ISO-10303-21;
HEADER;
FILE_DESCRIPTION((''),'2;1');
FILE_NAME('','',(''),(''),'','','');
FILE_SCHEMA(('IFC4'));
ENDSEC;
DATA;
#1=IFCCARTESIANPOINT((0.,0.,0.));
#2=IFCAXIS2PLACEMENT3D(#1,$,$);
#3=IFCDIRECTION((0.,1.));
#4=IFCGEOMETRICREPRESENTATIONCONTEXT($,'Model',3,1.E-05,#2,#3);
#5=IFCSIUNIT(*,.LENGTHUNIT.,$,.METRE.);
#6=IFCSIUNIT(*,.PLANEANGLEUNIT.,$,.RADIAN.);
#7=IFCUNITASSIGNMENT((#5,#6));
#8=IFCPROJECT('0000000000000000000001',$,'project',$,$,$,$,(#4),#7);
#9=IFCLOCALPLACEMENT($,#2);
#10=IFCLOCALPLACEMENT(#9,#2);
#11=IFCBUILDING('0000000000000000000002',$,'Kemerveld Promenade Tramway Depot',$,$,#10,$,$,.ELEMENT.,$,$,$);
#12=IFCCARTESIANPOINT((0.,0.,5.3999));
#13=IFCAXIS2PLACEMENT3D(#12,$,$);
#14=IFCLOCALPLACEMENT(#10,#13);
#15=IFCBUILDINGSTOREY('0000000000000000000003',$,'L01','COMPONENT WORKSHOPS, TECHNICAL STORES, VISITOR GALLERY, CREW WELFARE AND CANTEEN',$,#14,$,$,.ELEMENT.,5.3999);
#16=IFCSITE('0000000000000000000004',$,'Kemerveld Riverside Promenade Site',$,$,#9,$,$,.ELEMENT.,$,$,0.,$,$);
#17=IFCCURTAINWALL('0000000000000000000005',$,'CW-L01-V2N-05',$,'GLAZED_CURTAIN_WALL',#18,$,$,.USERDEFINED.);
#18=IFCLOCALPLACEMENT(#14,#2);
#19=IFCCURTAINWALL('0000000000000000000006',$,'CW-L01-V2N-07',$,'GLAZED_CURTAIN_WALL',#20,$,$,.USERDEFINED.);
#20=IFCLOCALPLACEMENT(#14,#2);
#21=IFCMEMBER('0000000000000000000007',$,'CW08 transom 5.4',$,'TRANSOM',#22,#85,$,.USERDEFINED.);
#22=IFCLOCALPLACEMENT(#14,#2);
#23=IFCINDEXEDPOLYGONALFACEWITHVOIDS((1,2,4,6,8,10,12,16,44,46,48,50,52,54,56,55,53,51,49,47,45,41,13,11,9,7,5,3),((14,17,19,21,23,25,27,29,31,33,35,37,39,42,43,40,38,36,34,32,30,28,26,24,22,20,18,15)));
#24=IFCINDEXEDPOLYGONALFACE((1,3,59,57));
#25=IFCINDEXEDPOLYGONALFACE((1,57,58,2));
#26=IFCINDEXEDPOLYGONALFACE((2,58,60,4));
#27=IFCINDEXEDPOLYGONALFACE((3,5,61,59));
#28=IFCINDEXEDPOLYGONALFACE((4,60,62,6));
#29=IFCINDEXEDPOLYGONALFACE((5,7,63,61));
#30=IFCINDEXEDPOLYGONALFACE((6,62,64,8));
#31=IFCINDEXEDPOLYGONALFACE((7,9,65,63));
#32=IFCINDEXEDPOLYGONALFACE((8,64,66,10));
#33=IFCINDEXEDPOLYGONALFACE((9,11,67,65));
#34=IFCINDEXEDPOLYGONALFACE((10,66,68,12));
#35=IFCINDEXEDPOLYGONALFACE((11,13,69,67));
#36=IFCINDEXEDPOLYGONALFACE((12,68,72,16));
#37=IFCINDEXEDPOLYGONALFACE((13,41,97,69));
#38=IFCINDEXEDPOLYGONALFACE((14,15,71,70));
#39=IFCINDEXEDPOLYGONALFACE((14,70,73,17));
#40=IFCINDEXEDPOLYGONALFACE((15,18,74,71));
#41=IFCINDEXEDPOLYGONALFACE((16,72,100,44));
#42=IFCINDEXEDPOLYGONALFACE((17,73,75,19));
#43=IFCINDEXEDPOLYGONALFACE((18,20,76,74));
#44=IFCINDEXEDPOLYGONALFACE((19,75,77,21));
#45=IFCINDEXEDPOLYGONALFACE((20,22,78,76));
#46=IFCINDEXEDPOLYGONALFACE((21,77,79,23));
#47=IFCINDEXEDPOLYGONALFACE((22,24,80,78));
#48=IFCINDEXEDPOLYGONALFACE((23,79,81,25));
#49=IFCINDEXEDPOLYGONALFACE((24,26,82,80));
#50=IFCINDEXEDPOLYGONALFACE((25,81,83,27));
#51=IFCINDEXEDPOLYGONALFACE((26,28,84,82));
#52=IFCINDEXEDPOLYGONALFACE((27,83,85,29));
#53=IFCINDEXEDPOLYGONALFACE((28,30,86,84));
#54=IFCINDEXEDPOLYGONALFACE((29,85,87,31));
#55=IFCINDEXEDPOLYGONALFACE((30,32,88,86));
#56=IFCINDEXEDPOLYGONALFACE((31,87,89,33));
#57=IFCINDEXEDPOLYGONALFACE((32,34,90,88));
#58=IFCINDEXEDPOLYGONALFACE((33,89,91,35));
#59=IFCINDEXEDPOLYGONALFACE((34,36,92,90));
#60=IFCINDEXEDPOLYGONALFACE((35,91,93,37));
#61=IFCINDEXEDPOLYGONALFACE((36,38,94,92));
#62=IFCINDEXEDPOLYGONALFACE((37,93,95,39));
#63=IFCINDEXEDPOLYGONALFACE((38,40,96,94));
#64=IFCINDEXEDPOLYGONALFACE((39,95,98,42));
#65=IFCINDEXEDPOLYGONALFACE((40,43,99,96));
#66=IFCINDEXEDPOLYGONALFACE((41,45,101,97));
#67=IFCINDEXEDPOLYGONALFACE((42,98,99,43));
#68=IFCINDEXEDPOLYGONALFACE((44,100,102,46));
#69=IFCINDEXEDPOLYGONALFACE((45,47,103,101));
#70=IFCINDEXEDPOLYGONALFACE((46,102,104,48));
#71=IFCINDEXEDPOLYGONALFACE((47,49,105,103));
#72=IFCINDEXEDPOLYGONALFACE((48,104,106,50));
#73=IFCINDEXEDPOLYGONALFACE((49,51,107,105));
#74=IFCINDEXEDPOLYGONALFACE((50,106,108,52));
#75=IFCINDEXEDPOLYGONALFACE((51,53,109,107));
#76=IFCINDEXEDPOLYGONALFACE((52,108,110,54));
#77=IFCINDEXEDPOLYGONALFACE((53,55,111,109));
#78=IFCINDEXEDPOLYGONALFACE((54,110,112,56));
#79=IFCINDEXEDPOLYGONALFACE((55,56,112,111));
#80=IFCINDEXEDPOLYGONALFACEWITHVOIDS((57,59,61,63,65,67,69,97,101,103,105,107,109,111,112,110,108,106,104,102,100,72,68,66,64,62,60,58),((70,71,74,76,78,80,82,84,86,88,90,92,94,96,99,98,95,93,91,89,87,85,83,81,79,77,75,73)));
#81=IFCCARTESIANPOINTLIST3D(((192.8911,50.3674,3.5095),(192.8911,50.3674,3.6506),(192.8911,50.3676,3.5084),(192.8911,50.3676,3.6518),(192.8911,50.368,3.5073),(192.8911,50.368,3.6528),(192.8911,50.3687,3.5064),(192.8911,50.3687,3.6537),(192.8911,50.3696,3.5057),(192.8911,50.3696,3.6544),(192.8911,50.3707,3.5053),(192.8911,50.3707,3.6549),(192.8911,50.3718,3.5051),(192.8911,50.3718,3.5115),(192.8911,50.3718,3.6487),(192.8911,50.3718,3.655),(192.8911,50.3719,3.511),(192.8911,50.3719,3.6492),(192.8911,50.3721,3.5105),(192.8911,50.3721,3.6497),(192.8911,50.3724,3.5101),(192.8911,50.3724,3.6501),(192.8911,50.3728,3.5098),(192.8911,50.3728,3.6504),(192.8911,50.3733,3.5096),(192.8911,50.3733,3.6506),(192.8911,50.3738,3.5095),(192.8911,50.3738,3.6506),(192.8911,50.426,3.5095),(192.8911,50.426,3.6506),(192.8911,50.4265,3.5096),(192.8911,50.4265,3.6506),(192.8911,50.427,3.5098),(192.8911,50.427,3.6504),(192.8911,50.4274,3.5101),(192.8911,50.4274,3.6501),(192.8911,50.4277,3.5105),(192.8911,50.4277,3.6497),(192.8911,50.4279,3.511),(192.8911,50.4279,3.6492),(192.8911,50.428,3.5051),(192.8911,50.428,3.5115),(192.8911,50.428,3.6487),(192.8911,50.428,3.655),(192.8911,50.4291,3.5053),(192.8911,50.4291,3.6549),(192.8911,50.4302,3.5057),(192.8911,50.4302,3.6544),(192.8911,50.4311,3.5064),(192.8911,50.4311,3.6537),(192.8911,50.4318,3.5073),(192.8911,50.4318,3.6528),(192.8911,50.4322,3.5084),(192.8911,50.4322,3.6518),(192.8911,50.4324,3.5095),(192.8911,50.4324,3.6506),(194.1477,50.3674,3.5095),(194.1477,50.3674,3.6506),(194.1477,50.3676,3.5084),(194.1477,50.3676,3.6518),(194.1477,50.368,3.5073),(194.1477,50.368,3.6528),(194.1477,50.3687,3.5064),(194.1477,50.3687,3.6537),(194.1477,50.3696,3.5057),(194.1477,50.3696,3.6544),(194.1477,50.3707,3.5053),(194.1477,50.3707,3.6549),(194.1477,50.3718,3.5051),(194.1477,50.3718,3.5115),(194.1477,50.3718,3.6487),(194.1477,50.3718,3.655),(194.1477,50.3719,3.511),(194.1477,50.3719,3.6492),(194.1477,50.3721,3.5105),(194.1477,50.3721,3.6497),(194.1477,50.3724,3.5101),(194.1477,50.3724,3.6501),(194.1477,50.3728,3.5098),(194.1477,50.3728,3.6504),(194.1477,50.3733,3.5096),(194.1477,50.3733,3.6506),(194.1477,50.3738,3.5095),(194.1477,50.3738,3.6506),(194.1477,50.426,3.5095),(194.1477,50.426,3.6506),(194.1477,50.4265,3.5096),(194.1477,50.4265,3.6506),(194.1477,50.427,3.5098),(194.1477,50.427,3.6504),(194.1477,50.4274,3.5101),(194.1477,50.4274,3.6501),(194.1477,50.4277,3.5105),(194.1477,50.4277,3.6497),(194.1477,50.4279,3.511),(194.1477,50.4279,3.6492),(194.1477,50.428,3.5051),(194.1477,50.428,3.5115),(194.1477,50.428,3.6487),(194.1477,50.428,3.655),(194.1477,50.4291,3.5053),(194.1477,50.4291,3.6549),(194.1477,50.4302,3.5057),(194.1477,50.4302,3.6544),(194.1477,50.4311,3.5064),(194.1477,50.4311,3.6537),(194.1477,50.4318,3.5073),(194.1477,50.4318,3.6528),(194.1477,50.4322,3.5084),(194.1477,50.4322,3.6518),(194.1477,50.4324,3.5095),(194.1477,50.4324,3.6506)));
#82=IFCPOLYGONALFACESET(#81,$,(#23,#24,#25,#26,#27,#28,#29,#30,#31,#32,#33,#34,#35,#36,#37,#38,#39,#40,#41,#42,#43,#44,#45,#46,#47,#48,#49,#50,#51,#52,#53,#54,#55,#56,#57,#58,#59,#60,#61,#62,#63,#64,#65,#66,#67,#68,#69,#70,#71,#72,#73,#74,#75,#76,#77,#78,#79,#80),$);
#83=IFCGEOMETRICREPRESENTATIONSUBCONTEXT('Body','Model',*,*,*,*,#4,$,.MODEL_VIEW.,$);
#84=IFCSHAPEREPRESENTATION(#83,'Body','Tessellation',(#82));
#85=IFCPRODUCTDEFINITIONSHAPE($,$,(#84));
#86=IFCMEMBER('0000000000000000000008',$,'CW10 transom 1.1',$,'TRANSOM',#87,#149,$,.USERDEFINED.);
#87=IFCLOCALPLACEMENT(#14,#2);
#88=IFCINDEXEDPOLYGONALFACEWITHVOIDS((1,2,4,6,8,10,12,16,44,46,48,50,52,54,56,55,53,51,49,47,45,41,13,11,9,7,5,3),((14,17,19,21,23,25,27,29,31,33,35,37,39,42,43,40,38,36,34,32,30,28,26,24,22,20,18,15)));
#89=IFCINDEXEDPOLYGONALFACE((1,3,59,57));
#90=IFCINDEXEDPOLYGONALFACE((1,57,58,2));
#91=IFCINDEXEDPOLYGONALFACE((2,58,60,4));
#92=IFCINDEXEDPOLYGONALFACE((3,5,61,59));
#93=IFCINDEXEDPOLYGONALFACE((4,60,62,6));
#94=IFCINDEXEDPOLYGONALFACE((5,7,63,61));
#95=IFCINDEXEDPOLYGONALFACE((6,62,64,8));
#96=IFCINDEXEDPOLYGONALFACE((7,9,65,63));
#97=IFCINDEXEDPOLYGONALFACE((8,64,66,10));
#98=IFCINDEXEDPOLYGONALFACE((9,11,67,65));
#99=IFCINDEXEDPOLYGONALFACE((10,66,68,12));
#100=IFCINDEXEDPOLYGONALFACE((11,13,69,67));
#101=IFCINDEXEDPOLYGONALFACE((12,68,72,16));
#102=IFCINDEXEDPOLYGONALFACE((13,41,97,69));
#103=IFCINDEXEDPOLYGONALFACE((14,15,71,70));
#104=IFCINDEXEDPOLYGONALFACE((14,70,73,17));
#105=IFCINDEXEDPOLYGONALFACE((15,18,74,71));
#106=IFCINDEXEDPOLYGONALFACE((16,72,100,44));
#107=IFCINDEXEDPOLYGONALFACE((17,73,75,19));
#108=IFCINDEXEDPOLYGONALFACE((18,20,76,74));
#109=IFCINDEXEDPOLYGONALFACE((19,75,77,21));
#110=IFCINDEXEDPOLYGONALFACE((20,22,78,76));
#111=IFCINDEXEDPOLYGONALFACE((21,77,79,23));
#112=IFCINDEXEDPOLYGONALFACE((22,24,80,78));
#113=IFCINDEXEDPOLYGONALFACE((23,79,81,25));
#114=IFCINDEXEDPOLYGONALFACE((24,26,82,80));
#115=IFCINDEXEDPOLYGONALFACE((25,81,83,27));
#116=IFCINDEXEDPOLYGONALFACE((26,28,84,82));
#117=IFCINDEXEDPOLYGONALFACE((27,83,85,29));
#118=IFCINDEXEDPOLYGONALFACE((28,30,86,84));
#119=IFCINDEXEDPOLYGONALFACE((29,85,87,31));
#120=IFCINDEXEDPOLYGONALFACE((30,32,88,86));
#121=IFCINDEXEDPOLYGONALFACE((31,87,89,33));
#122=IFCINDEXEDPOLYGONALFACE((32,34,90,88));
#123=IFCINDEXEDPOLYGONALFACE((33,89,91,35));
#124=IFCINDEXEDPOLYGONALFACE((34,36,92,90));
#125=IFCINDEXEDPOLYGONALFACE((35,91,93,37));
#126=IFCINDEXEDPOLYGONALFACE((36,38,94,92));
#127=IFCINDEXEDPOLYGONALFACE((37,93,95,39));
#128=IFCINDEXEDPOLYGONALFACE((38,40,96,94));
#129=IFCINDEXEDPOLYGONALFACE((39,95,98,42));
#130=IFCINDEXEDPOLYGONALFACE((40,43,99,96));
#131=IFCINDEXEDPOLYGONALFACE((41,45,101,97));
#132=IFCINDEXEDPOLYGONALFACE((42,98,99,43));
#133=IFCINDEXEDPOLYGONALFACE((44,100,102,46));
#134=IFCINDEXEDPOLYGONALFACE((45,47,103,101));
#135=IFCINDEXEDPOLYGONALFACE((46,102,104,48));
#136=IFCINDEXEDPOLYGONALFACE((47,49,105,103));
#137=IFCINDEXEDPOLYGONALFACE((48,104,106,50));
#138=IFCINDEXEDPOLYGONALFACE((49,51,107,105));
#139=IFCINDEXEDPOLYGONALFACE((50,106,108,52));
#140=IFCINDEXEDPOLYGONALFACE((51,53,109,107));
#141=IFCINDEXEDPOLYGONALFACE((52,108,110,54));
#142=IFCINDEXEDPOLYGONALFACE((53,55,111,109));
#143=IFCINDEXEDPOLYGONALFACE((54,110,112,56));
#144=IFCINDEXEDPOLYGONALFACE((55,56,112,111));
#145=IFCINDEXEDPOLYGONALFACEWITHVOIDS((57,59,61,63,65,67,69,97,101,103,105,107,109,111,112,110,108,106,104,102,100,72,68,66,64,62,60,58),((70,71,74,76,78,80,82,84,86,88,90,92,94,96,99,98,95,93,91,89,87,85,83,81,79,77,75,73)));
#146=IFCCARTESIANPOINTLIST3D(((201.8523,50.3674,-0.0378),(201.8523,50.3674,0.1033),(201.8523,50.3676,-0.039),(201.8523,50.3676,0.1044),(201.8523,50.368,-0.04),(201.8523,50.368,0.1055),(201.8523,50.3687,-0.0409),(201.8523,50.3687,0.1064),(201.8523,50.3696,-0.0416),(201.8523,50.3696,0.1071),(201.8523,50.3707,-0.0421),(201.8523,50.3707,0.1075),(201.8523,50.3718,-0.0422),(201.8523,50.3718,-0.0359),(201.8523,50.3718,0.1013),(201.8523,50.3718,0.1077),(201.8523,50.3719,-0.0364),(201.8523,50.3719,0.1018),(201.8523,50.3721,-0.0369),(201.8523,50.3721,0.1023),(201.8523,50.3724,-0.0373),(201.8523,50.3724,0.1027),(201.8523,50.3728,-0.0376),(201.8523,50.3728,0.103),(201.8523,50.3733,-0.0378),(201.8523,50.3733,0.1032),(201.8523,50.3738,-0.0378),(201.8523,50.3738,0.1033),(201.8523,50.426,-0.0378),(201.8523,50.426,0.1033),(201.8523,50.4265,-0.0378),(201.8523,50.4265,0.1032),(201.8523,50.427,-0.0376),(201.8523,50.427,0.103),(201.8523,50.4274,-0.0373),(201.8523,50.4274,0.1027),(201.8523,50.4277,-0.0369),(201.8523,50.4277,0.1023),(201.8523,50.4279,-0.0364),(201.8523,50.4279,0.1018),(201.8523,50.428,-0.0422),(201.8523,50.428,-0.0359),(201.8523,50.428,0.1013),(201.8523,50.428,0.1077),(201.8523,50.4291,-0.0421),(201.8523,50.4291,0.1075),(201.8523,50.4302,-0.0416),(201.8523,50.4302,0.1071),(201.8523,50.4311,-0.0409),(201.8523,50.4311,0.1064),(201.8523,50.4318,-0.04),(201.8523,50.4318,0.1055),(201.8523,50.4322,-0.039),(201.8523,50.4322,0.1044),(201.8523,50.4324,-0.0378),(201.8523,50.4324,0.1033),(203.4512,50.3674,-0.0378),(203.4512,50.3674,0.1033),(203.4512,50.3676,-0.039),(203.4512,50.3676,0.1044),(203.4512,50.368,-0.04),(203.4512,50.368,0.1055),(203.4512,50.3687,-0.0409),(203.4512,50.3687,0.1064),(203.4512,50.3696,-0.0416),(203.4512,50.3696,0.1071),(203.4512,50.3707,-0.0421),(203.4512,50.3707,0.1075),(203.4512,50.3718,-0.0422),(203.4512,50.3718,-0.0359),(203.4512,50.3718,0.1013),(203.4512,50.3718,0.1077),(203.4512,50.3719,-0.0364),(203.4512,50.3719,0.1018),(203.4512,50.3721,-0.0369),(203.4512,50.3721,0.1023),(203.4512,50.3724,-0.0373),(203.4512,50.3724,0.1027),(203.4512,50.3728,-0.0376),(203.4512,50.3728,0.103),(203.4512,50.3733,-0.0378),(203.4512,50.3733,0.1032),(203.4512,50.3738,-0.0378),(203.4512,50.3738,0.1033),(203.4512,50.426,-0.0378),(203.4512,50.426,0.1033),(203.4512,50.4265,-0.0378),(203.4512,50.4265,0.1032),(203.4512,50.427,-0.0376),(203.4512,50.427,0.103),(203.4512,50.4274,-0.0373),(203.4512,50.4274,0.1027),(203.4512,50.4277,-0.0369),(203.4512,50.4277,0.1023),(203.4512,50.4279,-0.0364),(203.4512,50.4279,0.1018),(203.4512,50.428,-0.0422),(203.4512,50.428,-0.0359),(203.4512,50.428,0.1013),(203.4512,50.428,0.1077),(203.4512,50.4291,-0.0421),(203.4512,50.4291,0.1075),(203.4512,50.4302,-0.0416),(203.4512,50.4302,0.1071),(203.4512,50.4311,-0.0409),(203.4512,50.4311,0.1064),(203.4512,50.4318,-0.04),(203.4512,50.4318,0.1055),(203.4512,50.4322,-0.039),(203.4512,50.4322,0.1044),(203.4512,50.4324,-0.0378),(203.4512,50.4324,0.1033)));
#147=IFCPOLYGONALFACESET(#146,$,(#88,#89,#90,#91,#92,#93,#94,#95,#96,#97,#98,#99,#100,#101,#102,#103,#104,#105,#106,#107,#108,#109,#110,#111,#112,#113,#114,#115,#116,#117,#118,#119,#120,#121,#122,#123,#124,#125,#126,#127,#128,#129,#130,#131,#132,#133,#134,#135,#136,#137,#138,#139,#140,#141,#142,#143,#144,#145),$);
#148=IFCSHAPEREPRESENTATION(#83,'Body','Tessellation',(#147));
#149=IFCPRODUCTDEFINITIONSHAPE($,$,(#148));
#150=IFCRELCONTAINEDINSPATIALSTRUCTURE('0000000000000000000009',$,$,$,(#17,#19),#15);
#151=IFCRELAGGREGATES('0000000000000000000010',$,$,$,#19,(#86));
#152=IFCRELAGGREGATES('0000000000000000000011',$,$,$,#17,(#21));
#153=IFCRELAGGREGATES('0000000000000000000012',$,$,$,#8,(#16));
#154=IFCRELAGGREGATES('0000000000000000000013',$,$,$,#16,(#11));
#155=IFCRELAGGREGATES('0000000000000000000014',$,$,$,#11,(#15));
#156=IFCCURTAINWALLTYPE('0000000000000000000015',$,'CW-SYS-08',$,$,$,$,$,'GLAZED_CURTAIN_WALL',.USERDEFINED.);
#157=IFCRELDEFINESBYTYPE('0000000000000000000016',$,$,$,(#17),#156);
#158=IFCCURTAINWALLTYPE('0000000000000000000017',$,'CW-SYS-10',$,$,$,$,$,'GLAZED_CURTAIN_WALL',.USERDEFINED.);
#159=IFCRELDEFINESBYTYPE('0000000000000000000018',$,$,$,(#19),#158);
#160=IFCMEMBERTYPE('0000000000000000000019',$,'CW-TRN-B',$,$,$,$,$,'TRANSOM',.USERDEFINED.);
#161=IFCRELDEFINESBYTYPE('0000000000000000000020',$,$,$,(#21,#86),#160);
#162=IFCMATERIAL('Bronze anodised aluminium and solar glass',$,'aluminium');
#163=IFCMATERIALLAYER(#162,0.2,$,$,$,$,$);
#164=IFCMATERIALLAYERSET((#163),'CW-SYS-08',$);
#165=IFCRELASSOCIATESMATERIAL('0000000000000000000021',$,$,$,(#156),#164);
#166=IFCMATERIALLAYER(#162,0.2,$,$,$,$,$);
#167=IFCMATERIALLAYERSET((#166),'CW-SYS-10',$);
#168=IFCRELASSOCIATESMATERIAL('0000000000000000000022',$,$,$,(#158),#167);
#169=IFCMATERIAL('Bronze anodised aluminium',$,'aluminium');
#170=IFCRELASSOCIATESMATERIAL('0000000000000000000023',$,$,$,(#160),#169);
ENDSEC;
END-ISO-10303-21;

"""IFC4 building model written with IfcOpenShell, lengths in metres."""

from ifc_helpers import new_model, si_unit, direction, frame, origin, origin_2d, place, context, subcontext, project, spatial, hollow_rectangle, extrude, material, layer, layer_set, material_profile, profile_set, type_object, element, aggregate, save


model = new_model("IFC4")

# Units and contexts
model_context = context("Model", 3, precision=1e-05, world=origin(), true_north=direction((0.0, 1.0)))
body_context = subcontext(model_context, "Body", "Model", "MODEL_VIEW")
ifc_project = project(units=[si_unit("LENGTHUNIT", "METRE"), si_unit("PLANEANGLEUNIT", "RADIAN")], contexts=[model_context])

# Site, building, storey
site_placement = place(None, origin())
site = spatial("IfcSite", under=ifc_project, at=site_placement, Name="Kemerveld Riverside Promenade Site", CompositionType="ELEMENT", RefElevation=0.0)
building_placement = place(site_placement, origin())
building = spatial("IfcBuilding", under=site, at=building_placement, Name="Kemerveld Promenade Tramway Depot", CompositionType="ELEMENT")
storey_placement = place(building_placement, frame((0.0, 0.0, 5.3999)))
storey = spatial("IfcBuildingStorey", under=building, at=storey_placement, Name="L01", Description="COMPONENT WORKSHOPS, TECHNICAL STORES, VISITOR GALLERY, CREW WELFARE AND CANTEEN", CompositionType="ELEMENT", Elevation=5.3999)

# Curtain wall
ifc_material_1 = material(Name="Bronze anodised aluminium and solar glass", Category="aluminium")
ifc_layer_1 = layer(ifc_material_1, 0.2)
ifc_layer_set_1 = layer_set([ifc_layer_1], Name="CW-SYS-08")
curtain_wall_type_1 = type_object("IfcCurtainWallType", Name="CW-SYS-08", ElementType="GLAZED_CURTAIN_WALL", PredefinedType="USERDEFINED", material=ifc_layer_set_1)
curtain_wall_1_placement = place(storey_placement, origin())
curtain_wall_1 = element("IfcCurtainWall", 1, at=curtain_wall_1_placement, inside=storey, type_object=curtain_wall_type_1, Name="CW-L01-V2N-05", ObjectType="GLAZED_CURTAIN_WALL", PredefinedType="USERDEFINED")
ifc_material_2 = material(Name="Bronze anodised aluminium", Category="aluminium")

# Curtain wall
ifc_layer_2 = layer(ifc_material_1, 0.2)
ifc_layer_set_2 = layer_set([ifc_layer_2], Name="CW-SYS-10")
curtain_wall_type_2 = type_object("IfcCurtainWallType", Name="CW-SYS-10", ElementType="GLAZED_CURTAIN_WALL", PredefinedType="USERDEFINED", material=ifc_layer_set_2)
curtain_wall_2_placement = place(storey_placement, origin())
curtain_wall_2 = element("IfcCurtainWall", 2, at=curtain_wall_2_placement, inside=storey, type_object=curtain_wall_type_2, Name="CW-L01-V2N-07", ObjectType="GLAZED_CURTAIN_WALL", PredefinedType="USERDEFINED")

# Members
ifc_material_profile_1 = material_profile(ifc_material_2, hollow_rectangle(XDim=0.0649, YDim=0.1499, WallThickness=0.0044, InnerFilletRadius=0.002, OuterFilletRadius=0.0044, at=origin_2d()), Name="CW-TRN-150x65")
ifc_profile_set_1 = profile_set([ifc_material_profile_1], Name="Bronze anodised aluminium")
member_type_1 = type_object("IfcMemberType", Name="CW-TRN-B", ElementType="TRANSOM", PredefinedType="USERDEFINED", material=ifc_profile_set_1)
member_1_placement = place(storey_placement, frame((192.8911, 50.3999, 3.5801), z_axis=(1.0, 0.0, 0.0), x_axis=(0.0, 1.0, 0.0)))
member_1 = element("IfcMember", 3, at=member_1_placement, type_object=member_type_1, Name="CW08 transom 5.4", ObjectType="TRANSOM", PredefinedType="USERDEFINED", context=body_context, shape_type="SweptSolid", body=[
    extrude(hollow_rectangle(XDim=0.0649, YDim=0.1499, WallThickness=0.0044, InnerFilletRadius=0.002, OuterFilletRadius=0.0044, at=origin_2d()), origin(), (0.0, 0.0, 1.0), 1.2566),
])
member_2_placement = place(storey_placement, frame((201.8523, 50.3999, 0.0327), z_axis=(1.0, 0.0, 0.0), x_axis=(0.0, 1.0, 0.0)))
member_2 = element("IfcMember", 4, at=member_2_placement, type_object=member_type_1, Name="CW10 transom 1.1", ObjectType="TRANSOM", PredefinedType="USERDEFINED", context=body_context, shape_type="SweptSolid", body=[
    extrude(hollow_rectangle(XDim=0.0649, YDim=0.1499, WallThickness=0.0044, InnerFilletRadius=0.002, OuterFilletRadius=0.0044, at=origin_2d()), origin(), (0.0, 0.0, 1.0), 1.5989),
])
aggregate(curtain_wall_2, [member_2])

aggregate(curtain_wall_1, [member_1])

save(model, "model.ifc")
